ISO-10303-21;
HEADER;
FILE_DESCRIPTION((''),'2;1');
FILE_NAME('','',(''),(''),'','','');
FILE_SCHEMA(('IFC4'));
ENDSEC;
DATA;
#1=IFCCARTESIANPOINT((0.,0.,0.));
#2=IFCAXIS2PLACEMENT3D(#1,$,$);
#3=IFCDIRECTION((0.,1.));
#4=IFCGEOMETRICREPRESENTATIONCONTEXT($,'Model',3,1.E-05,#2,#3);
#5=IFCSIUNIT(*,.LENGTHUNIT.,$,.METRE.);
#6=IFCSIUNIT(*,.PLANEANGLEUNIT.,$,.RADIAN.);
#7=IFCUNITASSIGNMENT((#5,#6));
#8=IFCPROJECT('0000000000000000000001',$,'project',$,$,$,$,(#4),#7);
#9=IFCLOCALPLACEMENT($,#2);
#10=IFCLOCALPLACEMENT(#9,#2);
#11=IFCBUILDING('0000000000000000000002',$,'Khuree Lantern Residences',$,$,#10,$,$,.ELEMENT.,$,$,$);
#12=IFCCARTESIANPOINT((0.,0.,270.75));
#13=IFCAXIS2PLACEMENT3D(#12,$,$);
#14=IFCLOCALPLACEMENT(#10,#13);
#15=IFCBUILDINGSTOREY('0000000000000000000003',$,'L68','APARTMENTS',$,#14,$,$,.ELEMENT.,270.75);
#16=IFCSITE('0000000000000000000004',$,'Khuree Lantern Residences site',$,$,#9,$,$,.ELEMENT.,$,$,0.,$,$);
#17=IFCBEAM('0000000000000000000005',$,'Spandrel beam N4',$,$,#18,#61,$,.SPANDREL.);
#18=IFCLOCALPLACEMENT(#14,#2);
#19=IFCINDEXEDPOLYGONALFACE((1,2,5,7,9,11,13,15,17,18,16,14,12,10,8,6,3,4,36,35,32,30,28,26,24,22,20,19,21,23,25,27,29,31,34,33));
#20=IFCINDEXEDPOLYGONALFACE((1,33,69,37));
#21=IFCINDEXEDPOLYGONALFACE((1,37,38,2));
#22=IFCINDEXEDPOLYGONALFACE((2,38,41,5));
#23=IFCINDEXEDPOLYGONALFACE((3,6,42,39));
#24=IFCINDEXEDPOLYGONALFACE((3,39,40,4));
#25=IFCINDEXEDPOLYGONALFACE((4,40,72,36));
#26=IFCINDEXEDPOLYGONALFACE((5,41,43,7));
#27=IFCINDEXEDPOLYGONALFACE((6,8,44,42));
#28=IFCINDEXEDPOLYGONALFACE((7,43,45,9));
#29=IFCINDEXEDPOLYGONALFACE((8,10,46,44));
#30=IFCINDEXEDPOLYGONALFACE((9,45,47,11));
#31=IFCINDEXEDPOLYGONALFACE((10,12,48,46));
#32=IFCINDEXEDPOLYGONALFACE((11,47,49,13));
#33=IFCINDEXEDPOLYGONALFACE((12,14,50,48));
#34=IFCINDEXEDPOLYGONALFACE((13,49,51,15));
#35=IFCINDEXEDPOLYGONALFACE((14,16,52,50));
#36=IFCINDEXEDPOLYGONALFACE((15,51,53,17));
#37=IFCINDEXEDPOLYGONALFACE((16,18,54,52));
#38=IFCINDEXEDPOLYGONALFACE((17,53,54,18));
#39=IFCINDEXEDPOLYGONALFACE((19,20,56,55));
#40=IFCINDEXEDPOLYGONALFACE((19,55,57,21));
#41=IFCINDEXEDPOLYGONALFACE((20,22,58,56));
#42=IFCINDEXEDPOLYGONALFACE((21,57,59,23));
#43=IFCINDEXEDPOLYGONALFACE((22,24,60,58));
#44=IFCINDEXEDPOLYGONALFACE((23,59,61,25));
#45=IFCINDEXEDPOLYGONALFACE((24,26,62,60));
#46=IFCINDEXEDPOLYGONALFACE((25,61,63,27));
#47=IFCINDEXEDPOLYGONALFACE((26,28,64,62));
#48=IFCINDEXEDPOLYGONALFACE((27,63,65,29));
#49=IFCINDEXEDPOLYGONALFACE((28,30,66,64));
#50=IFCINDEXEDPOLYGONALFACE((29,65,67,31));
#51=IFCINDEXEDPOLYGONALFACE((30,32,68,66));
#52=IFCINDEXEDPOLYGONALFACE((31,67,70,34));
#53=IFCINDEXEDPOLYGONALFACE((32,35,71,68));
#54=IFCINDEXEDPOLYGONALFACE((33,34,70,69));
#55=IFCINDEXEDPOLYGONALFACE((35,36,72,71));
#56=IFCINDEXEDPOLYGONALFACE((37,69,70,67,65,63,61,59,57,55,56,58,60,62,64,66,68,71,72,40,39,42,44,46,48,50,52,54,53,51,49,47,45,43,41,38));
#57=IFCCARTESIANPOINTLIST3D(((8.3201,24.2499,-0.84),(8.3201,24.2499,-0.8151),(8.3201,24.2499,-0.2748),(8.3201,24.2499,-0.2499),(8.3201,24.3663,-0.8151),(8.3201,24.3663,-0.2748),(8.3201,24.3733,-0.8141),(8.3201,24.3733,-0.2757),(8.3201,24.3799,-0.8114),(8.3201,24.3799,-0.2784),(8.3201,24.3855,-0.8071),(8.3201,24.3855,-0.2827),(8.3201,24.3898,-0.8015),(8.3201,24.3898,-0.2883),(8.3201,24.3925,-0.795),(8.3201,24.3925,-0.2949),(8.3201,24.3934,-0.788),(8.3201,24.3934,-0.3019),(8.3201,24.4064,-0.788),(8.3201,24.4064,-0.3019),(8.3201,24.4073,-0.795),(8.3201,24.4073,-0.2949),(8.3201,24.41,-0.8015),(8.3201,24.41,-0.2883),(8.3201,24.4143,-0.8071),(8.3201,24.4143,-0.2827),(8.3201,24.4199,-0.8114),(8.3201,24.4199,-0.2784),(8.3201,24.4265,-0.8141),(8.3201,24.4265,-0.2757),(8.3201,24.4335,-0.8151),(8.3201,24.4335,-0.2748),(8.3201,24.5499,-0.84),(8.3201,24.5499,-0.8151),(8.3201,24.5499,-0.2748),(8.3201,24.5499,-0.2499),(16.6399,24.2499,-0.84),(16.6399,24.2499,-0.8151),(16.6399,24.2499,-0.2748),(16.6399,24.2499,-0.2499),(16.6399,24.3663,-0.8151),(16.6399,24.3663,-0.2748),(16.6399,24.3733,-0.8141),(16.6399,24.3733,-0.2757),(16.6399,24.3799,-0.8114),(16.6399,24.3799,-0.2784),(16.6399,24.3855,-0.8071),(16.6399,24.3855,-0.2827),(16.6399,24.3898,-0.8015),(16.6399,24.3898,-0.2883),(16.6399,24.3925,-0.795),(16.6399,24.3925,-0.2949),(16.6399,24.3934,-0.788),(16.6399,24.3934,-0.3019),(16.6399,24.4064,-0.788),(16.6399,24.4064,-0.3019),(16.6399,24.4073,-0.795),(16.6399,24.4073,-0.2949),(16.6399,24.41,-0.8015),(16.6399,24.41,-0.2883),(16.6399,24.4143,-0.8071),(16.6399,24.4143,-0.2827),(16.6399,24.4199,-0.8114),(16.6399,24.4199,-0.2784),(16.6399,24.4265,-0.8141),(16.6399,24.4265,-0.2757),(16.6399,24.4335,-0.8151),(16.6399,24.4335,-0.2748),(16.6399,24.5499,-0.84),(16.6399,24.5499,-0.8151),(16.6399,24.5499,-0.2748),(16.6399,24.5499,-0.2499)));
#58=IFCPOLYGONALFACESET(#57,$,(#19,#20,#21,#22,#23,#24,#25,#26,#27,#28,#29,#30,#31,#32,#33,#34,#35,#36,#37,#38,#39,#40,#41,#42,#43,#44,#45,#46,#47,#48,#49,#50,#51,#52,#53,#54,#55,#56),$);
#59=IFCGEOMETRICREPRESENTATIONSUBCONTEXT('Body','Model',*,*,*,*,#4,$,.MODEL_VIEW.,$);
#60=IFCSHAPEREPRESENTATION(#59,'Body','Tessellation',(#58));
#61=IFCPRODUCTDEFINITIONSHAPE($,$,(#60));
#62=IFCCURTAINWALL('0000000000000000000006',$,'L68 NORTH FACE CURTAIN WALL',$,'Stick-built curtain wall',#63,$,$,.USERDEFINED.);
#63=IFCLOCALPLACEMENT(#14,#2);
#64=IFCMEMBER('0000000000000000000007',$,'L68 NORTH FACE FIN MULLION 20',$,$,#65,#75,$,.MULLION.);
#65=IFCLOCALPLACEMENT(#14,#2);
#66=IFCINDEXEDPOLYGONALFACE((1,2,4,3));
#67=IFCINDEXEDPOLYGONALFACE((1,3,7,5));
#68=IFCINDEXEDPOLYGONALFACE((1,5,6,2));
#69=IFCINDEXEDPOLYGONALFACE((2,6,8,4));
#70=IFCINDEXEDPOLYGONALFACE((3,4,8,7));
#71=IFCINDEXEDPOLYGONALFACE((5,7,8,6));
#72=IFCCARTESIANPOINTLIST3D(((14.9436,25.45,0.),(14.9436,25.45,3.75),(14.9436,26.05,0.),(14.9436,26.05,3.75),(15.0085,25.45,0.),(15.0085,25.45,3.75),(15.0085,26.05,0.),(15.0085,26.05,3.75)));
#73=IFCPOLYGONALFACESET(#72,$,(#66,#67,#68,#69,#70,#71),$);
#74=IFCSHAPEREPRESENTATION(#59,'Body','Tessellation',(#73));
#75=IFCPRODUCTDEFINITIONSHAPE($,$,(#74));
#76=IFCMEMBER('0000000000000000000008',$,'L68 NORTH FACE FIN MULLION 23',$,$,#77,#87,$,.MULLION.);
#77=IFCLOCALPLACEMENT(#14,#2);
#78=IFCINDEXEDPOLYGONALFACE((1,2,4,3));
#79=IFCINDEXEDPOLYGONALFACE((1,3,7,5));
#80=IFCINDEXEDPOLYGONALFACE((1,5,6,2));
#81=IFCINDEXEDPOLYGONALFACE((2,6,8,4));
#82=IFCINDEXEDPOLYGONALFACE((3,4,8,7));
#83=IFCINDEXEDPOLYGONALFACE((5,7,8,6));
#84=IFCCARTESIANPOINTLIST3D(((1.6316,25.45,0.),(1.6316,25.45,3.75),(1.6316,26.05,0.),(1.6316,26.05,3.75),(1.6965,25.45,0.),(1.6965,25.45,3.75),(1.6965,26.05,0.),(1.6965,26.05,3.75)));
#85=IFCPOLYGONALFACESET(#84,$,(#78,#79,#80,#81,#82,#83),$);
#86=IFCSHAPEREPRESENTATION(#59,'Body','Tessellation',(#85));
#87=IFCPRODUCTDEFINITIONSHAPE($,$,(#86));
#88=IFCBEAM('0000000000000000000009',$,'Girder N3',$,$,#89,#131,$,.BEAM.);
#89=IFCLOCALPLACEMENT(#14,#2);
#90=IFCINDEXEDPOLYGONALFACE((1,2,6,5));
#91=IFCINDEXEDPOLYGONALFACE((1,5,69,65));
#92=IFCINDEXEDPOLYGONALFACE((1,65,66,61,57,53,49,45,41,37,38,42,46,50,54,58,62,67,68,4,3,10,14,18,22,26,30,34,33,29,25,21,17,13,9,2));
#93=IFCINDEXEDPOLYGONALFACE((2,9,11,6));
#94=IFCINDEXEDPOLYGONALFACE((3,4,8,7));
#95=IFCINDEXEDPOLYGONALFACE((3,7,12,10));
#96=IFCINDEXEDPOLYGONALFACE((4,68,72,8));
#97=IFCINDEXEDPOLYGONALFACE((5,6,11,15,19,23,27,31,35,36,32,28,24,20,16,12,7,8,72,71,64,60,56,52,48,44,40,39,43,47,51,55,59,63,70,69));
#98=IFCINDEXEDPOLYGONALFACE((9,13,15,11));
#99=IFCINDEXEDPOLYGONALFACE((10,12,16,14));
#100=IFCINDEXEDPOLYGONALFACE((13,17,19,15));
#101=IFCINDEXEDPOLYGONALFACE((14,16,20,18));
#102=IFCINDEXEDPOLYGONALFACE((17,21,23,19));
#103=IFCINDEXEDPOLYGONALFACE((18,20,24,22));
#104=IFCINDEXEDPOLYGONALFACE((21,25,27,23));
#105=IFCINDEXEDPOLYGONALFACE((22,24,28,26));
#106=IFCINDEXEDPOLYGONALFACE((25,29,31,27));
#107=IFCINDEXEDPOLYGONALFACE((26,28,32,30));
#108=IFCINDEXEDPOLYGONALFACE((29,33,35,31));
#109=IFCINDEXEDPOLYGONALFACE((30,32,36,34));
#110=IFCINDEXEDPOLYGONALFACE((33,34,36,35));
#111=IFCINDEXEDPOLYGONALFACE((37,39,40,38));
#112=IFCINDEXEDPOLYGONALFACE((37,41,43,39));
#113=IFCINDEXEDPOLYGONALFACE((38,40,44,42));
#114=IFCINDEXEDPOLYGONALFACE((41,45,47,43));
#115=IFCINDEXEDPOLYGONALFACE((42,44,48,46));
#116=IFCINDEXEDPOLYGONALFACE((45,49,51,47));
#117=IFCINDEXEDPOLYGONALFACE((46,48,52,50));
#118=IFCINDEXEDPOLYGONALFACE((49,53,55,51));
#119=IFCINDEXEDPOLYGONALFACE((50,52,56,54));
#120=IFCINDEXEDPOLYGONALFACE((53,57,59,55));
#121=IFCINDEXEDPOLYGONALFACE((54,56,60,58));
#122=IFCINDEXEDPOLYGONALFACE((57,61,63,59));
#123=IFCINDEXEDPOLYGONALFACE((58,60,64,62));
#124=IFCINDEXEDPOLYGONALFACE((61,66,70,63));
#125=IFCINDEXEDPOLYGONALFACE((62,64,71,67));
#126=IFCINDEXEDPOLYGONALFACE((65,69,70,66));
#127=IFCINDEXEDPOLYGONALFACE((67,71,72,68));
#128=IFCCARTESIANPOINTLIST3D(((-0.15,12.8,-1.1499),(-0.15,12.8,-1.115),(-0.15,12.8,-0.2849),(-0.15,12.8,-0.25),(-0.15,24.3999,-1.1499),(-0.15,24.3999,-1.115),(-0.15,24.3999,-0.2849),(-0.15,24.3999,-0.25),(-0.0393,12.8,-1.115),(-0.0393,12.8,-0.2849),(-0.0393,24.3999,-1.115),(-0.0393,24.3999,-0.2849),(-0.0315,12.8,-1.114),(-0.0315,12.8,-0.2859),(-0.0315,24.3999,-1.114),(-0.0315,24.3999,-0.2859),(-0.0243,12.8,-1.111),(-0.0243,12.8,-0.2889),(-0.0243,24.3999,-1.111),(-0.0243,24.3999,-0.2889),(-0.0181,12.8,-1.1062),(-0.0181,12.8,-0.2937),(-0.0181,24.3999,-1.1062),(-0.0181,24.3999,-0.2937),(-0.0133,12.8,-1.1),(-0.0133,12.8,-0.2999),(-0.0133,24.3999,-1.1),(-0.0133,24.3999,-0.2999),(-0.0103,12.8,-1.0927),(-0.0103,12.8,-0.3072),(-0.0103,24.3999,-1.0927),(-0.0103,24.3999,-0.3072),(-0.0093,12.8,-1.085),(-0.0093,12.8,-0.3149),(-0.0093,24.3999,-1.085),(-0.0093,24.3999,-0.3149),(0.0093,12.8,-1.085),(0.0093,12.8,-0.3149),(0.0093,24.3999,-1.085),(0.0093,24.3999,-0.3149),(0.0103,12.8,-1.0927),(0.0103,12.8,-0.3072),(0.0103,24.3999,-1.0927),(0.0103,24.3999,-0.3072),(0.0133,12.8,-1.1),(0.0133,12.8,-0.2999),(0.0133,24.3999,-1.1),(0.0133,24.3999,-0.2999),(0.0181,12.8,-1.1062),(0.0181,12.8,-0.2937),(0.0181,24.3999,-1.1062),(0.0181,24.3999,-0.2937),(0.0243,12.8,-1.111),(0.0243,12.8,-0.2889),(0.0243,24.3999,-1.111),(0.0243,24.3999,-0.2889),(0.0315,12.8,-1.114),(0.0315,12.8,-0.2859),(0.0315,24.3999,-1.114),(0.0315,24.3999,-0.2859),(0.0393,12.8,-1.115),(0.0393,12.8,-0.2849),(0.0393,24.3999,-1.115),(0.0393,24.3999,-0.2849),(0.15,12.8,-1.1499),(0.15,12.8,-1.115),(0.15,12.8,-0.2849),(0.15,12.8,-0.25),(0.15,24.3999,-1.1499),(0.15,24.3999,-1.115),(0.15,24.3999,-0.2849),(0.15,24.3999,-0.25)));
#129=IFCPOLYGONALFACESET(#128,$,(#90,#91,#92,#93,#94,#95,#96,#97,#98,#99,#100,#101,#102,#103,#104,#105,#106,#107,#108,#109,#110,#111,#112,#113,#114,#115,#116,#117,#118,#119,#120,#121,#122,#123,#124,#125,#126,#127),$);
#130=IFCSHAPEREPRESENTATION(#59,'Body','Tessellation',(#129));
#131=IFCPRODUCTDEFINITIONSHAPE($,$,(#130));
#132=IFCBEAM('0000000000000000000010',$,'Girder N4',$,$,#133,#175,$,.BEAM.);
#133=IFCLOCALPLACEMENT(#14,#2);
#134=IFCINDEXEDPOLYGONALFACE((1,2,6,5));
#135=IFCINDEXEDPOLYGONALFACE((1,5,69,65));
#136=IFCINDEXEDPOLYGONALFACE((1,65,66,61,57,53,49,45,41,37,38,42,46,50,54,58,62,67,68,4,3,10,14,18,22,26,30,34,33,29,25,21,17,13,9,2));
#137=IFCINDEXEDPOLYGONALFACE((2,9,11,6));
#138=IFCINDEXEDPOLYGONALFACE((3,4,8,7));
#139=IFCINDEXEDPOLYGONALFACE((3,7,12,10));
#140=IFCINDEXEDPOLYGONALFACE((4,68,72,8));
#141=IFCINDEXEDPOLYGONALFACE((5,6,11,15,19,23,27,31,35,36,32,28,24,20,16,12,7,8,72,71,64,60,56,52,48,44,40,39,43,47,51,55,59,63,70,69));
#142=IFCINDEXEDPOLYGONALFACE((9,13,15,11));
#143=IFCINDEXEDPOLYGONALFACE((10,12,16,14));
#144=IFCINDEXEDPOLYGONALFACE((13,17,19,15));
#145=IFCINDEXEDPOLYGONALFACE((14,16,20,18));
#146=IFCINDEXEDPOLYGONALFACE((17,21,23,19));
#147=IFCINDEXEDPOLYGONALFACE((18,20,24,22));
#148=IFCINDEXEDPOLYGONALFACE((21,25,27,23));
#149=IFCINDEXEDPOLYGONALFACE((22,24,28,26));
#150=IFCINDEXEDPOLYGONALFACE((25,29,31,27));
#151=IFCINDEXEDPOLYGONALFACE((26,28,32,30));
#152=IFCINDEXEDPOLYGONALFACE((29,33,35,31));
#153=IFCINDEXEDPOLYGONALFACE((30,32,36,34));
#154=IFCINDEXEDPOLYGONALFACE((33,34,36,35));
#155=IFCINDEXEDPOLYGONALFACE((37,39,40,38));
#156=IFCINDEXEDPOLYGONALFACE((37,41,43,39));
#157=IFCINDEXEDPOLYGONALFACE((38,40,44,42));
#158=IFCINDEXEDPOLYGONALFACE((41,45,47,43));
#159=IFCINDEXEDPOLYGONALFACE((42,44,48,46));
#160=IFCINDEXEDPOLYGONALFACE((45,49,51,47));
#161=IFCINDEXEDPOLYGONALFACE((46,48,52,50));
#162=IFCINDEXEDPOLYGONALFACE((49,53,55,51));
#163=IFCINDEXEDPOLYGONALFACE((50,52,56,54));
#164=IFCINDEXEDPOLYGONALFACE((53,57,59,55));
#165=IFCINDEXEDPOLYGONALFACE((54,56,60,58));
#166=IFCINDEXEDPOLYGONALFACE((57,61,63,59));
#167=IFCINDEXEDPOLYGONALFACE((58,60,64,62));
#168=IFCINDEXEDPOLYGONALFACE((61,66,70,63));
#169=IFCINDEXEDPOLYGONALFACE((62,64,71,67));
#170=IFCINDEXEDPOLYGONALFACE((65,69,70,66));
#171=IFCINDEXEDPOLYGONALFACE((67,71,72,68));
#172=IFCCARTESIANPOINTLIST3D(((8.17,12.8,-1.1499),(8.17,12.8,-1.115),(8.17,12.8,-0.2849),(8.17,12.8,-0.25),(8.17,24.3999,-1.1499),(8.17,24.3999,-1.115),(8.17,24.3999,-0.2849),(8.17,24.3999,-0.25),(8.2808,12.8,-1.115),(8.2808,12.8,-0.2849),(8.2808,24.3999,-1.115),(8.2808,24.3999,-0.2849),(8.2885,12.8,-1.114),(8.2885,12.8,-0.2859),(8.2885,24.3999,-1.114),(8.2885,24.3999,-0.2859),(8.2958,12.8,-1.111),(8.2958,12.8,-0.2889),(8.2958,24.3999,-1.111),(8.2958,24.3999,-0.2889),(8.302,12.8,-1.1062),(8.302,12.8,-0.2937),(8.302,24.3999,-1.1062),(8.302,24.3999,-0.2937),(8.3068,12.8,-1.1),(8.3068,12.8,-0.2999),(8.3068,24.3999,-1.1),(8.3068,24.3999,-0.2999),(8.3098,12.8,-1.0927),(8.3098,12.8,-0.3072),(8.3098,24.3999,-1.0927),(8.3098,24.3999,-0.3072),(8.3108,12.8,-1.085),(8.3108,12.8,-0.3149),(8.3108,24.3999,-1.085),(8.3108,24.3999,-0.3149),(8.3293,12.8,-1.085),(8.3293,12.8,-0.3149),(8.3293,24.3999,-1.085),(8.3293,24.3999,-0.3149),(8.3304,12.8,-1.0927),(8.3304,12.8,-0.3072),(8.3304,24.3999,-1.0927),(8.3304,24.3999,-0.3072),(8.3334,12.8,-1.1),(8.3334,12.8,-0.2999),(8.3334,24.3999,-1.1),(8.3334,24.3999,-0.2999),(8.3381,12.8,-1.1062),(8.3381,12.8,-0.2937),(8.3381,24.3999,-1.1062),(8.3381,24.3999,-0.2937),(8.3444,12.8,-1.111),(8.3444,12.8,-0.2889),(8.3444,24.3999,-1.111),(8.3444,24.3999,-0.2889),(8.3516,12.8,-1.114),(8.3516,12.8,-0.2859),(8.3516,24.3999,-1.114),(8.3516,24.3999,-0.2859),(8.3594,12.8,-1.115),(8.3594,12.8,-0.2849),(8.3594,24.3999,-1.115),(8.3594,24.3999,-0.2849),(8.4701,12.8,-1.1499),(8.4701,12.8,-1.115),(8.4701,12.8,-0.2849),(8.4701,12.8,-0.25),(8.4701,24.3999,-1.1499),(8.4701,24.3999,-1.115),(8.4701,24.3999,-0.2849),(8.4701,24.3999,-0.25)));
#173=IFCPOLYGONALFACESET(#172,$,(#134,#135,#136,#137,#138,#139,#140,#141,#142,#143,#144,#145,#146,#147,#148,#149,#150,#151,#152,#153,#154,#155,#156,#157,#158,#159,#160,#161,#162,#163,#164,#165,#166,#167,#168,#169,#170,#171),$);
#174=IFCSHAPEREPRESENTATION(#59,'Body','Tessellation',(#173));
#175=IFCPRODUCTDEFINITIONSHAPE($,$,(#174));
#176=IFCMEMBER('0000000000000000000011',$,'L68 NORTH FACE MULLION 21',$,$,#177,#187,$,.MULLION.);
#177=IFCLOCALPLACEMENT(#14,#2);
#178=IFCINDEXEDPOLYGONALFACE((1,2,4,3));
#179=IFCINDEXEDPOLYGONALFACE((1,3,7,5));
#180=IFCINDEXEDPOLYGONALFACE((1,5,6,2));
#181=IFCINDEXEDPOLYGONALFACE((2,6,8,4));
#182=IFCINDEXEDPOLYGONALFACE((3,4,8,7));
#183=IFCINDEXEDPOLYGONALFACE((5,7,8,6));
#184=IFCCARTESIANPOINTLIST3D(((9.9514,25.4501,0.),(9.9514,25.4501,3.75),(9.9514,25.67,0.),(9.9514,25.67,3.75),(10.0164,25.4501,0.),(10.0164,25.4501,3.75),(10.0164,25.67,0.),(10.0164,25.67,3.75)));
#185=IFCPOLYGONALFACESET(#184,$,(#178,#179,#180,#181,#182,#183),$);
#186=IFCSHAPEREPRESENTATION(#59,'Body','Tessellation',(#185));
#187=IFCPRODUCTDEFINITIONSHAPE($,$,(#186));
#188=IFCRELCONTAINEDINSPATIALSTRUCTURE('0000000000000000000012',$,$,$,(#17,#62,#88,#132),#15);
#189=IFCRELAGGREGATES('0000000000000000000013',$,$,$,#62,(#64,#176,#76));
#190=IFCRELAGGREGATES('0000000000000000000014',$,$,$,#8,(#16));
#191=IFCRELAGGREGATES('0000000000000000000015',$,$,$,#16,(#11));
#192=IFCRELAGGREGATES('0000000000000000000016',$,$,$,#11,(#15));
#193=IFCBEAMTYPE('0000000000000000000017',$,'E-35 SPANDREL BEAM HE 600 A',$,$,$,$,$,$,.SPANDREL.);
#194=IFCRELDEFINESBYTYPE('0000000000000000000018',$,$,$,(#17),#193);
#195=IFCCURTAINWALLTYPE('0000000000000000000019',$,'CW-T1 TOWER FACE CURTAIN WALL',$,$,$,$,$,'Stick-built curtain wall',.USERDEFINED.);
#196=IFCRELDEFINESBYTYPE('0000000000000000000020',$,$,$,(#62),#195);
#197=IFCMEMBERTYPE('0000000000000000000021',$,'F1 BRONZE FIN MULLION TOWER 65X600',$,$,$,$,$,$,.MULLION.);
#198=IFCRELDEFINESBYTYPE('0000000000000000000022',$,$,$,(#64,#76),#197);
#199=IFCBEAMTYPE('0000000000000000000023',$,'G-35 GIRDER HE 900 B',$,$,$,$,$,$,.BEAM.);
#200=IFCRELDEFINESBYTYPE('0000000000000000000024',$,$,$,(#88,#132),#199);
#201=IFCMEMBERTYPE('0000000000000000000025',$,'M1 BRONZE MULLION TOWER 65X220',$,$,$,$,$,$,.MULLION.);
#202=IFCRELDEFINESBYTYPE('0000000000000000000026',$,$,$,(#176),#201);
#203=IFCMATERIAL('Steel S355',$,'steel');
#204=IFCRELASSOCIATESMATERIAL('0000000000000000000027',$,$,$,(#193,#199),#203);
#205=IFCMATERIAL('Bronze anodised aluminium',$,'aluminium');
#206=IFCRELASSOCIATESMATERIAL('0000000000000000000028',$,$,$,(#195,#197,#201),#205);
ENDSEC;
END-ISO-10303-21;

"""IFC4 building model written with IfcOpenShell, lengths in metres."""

from ifc_helpers import new_model, si_unit, direction, frame, origin, origin_2d, place, context, subcontext, project, spatial, rectangle, i_section, extrude, material, material_profile, profile_set, type_object, element, aggregate, save


model = new_model("IFC4")

# Units and contexts
model_context = context("Model", 3, precision=1e-05, world=origin(), true_north=direction((0.0, 1.0)))
body_context = subcontext(model_context, "Body", "Model", "MODEL_VIEW")
ifc_project = project(units=[si_unit("LENGTHUNIT", "METRE"), si_unit("PLANEANGLEUNIT", "RADIAN")], contexts=[model_context])

# Site, building, storey
site_placement = place(None, origin())
site = spatial("IfcSite", under=ifc_project, at=site_placement, Name="Khuree Lantern Residences site", CompositionType="ELEMENT", RefElevation=0.0)
building_placement = place(site_placement, origin())
building = spatial("IfcBuilding", under=site, at=building_placement, Name="Khuree Lantern Residences", CompositionType="ELEMENT")
storey_placement = place(building_placement, frame((0.0, 0.0, 270.75)))
storey = spatial("IfcBuildingStorey", under=building, at=storey_placement, Name="L68", Description="APARTMENTS", CompositionType="ELEMENT", Elevation=270.75)

# Beam
ifc_material_1 = material(Name="Steel S355", Category="steel")
ifc_material_profile_1 = material_profile(ifc_material_1, i_section(OverallWidth=0.3, OverallDepth=0.5901, WebThickness=0.0129, FlangeThickness=0.0249, FilletRadius=0.0271, at=origin_2d()), Name="HE 600 A")
ifc_profile_set_1 = profile_set([ifc_material_profile_1], Name="Steel S355")
beam_type_1 = type_object("IfcBeamType", Name="E-35 SPANDREL BEAM HE 600 A", PredefinedType="SPANDREL", material=ifc_profile_set_1)
beam_1_placement = place(storey_placement, frame((8.3201, 24.3999, -0.5449), z_axis=(1.0, 0.0, 0.0), x_axis=(0.0, 1.0, 0.0)))
element("IfcBeam", 1, at=beam_1_placement, inside=storey, type_object=beam_type_1, Name="Spandrel beam N4", PredefinedType="SPANDREL", context=body_context, shape_type="SweptSolid", body=[
    extrude(i_section(OverallWidth=0.3, OverallDepth=0.5901, WebThickness=0.0129, FlangeThickness=0.0249, FilletRadius=0.0271, at=origin_2d()), origin(), (0.0, 0.0, 1.0), 8.3198),
])

# Curtain wall, members
ifc_material_2 = material(Name="Bronze anodised aluminium", Category="aluminium")
curtain_wall_type = type_object("IfcCurtainWallType", Name="CW-T1 TOWER FACE CURTAIN WALL", ElementType="Stick-built curtain wall", PredefinedType="USERDEFINED", material=ifc_material_2)
curtain_wall_placement = place(storey_placement, origin())
curtain_wall = element("IfcCurtainWall", 2, at=curtain_wall_placement, inside=storey, type_object=curtain_wall_type, Name="L68 NORTH FACE CURTAIN WALL", ObjectType="Stick-built curtain wall", PredefinedType="USERDEFINED")
ifc_material_profile_2 = material_profile(ifc_material_2, rectangle(XDim=0.0649, YDim=0.6001, at=origin_2d()), Name="F1 65X600")
ifc_profile_set_2 = profile_set([ifc_material_profile_2], Name="Bronze anodised aluminium")
member_type_1 = type_object("IfcMemberType", Name="F1 BRONZE FIN MULLION TOWER 65X600", PredefinedType="MULLION", material=ifc_profile_set_2)
member_1_placement = place(storey_placement, frame((14.9761, 25.75, 0.0), z_axis=(0.0, 0.0, 1.0), x_axis=(-1.0, 0.0, 0.0)))
member_1 = element("IfcMember", 3, at=member_1_placement, type_object=member_type_1, Name="L68 NORTH FACE FIN MULLION 20", PredefinedType="MULLION", context=body_context, shape_type="SweptSolid", body=[
    extrude(rectangle(XDim=0.0649, YDim=0.6001, at=origin_2d()), origin(), (0.0, 0.0, 1.0), 3.75),
])
member_2_placement = place(storey_placement, frame((1.6641, 25.75, 0.0), z_axis=(0.0, 0.0, 1.0), x_axis=(-1.0, 0.0, 0.0)))
member_2 = element("IfcMember", 4, at=member_2_placement, type_object=member_type_1, Name="L68 NORTH FACE FIN MULLION 23", PredefinedType="MULLION", context=body_context, shape_type="SweptSolid", body=[
    extrude(rectangle(XDim=0.0649, YDim=0.6001, at=origin_2d()), origin(), (0.0, 0.0, 1.0), 3.75),
])

# Beams
ifc_material_profile_3 = material_profile(ifc_material_1, i_section(OverallWidth=0.3, OverallDepth=0.8999, WebThickness=0.0186, FlangeThickness=0.0349, FilletRadius=0.03, at=origin_2d()), Name="HE 900 B")
ifc_profile_set_3 = profile_set([ifc_material_profile_3], Name="Steel S355")
beam_type_2 = type_object("IfcBeamType", Name="G-35 GIRDER HE 900 B", PredefinedType="BEAM", material=ifc_profile_set_3)
for number, where, z_axis, x_axis, name in (
    (5, (0.0, 24.3999, -0.7), (0.0, -1.0, 0.0), (1.0, 0.0, 0.0), "Girder N3"),
    (6, (8.3201, 24.3999, -0.7), (0.0, -1.0, 0.0), (1.0, 0.0, 0.0), "Girder N4"),
):
    element("IfcBeam", number, at=place(storey_placement, frame(where, z_axis=z_axis, x_axis=x_axis)), inside=storey, type_object=beam_type_2, Name=name, PredefinedType="BEAM", context=body_context, shape_type="SweptSolid", body=[
        extrude(i_section(OverallWidth=0.3, OverallDepth=0.8999, WebThickness=0.0186, FlangeThickness=0.0349, FilletRadius=0.03, at=origin_2d()), origin(), (0.0, 0.0, 1.0), 11.5999),
    ])

# Member
ifc_material_profile_4 = material_profile(ifc_material_2, rectangle(XDim=0.0649, YDim=0.22, at=origin_2d()), Name="M1 65X220")
ifc_profile_set_4 = profile_set([ifc_material_profile_4], Name="Bronze anodised aluminium")
member_type_2 = type_object("IfcMemberType", Name="M1 BRONZE MULLION TOWER 65X220", PredefinedType="MULLION", material=ifc_profile_set_4)
member_3_placement = place(storey_placement, frame((9.9839, 25.5601, 0.0), z_axis=(0.0, 0.0, 1.0), x_axis=(-1.0, 0.0, 0.0)))
member_3 = element("IfcMember", 7, at=member_3_placement, type_object=member_type_2, Name="L68 NORTH FACE MULLION 21", PredefinedType="MULLION", context=body_context, shape_type="SweptSolid", body=[
    extrude(rectangle(XDim=0.0649, YDim=0.22, at=origin_2d()), origin(), (0.0, 0.0, 1.0), 3.75),
])

aggregate(curtain_wall, [member_1, member_3, member_2])

save(model, "model.ifc")
